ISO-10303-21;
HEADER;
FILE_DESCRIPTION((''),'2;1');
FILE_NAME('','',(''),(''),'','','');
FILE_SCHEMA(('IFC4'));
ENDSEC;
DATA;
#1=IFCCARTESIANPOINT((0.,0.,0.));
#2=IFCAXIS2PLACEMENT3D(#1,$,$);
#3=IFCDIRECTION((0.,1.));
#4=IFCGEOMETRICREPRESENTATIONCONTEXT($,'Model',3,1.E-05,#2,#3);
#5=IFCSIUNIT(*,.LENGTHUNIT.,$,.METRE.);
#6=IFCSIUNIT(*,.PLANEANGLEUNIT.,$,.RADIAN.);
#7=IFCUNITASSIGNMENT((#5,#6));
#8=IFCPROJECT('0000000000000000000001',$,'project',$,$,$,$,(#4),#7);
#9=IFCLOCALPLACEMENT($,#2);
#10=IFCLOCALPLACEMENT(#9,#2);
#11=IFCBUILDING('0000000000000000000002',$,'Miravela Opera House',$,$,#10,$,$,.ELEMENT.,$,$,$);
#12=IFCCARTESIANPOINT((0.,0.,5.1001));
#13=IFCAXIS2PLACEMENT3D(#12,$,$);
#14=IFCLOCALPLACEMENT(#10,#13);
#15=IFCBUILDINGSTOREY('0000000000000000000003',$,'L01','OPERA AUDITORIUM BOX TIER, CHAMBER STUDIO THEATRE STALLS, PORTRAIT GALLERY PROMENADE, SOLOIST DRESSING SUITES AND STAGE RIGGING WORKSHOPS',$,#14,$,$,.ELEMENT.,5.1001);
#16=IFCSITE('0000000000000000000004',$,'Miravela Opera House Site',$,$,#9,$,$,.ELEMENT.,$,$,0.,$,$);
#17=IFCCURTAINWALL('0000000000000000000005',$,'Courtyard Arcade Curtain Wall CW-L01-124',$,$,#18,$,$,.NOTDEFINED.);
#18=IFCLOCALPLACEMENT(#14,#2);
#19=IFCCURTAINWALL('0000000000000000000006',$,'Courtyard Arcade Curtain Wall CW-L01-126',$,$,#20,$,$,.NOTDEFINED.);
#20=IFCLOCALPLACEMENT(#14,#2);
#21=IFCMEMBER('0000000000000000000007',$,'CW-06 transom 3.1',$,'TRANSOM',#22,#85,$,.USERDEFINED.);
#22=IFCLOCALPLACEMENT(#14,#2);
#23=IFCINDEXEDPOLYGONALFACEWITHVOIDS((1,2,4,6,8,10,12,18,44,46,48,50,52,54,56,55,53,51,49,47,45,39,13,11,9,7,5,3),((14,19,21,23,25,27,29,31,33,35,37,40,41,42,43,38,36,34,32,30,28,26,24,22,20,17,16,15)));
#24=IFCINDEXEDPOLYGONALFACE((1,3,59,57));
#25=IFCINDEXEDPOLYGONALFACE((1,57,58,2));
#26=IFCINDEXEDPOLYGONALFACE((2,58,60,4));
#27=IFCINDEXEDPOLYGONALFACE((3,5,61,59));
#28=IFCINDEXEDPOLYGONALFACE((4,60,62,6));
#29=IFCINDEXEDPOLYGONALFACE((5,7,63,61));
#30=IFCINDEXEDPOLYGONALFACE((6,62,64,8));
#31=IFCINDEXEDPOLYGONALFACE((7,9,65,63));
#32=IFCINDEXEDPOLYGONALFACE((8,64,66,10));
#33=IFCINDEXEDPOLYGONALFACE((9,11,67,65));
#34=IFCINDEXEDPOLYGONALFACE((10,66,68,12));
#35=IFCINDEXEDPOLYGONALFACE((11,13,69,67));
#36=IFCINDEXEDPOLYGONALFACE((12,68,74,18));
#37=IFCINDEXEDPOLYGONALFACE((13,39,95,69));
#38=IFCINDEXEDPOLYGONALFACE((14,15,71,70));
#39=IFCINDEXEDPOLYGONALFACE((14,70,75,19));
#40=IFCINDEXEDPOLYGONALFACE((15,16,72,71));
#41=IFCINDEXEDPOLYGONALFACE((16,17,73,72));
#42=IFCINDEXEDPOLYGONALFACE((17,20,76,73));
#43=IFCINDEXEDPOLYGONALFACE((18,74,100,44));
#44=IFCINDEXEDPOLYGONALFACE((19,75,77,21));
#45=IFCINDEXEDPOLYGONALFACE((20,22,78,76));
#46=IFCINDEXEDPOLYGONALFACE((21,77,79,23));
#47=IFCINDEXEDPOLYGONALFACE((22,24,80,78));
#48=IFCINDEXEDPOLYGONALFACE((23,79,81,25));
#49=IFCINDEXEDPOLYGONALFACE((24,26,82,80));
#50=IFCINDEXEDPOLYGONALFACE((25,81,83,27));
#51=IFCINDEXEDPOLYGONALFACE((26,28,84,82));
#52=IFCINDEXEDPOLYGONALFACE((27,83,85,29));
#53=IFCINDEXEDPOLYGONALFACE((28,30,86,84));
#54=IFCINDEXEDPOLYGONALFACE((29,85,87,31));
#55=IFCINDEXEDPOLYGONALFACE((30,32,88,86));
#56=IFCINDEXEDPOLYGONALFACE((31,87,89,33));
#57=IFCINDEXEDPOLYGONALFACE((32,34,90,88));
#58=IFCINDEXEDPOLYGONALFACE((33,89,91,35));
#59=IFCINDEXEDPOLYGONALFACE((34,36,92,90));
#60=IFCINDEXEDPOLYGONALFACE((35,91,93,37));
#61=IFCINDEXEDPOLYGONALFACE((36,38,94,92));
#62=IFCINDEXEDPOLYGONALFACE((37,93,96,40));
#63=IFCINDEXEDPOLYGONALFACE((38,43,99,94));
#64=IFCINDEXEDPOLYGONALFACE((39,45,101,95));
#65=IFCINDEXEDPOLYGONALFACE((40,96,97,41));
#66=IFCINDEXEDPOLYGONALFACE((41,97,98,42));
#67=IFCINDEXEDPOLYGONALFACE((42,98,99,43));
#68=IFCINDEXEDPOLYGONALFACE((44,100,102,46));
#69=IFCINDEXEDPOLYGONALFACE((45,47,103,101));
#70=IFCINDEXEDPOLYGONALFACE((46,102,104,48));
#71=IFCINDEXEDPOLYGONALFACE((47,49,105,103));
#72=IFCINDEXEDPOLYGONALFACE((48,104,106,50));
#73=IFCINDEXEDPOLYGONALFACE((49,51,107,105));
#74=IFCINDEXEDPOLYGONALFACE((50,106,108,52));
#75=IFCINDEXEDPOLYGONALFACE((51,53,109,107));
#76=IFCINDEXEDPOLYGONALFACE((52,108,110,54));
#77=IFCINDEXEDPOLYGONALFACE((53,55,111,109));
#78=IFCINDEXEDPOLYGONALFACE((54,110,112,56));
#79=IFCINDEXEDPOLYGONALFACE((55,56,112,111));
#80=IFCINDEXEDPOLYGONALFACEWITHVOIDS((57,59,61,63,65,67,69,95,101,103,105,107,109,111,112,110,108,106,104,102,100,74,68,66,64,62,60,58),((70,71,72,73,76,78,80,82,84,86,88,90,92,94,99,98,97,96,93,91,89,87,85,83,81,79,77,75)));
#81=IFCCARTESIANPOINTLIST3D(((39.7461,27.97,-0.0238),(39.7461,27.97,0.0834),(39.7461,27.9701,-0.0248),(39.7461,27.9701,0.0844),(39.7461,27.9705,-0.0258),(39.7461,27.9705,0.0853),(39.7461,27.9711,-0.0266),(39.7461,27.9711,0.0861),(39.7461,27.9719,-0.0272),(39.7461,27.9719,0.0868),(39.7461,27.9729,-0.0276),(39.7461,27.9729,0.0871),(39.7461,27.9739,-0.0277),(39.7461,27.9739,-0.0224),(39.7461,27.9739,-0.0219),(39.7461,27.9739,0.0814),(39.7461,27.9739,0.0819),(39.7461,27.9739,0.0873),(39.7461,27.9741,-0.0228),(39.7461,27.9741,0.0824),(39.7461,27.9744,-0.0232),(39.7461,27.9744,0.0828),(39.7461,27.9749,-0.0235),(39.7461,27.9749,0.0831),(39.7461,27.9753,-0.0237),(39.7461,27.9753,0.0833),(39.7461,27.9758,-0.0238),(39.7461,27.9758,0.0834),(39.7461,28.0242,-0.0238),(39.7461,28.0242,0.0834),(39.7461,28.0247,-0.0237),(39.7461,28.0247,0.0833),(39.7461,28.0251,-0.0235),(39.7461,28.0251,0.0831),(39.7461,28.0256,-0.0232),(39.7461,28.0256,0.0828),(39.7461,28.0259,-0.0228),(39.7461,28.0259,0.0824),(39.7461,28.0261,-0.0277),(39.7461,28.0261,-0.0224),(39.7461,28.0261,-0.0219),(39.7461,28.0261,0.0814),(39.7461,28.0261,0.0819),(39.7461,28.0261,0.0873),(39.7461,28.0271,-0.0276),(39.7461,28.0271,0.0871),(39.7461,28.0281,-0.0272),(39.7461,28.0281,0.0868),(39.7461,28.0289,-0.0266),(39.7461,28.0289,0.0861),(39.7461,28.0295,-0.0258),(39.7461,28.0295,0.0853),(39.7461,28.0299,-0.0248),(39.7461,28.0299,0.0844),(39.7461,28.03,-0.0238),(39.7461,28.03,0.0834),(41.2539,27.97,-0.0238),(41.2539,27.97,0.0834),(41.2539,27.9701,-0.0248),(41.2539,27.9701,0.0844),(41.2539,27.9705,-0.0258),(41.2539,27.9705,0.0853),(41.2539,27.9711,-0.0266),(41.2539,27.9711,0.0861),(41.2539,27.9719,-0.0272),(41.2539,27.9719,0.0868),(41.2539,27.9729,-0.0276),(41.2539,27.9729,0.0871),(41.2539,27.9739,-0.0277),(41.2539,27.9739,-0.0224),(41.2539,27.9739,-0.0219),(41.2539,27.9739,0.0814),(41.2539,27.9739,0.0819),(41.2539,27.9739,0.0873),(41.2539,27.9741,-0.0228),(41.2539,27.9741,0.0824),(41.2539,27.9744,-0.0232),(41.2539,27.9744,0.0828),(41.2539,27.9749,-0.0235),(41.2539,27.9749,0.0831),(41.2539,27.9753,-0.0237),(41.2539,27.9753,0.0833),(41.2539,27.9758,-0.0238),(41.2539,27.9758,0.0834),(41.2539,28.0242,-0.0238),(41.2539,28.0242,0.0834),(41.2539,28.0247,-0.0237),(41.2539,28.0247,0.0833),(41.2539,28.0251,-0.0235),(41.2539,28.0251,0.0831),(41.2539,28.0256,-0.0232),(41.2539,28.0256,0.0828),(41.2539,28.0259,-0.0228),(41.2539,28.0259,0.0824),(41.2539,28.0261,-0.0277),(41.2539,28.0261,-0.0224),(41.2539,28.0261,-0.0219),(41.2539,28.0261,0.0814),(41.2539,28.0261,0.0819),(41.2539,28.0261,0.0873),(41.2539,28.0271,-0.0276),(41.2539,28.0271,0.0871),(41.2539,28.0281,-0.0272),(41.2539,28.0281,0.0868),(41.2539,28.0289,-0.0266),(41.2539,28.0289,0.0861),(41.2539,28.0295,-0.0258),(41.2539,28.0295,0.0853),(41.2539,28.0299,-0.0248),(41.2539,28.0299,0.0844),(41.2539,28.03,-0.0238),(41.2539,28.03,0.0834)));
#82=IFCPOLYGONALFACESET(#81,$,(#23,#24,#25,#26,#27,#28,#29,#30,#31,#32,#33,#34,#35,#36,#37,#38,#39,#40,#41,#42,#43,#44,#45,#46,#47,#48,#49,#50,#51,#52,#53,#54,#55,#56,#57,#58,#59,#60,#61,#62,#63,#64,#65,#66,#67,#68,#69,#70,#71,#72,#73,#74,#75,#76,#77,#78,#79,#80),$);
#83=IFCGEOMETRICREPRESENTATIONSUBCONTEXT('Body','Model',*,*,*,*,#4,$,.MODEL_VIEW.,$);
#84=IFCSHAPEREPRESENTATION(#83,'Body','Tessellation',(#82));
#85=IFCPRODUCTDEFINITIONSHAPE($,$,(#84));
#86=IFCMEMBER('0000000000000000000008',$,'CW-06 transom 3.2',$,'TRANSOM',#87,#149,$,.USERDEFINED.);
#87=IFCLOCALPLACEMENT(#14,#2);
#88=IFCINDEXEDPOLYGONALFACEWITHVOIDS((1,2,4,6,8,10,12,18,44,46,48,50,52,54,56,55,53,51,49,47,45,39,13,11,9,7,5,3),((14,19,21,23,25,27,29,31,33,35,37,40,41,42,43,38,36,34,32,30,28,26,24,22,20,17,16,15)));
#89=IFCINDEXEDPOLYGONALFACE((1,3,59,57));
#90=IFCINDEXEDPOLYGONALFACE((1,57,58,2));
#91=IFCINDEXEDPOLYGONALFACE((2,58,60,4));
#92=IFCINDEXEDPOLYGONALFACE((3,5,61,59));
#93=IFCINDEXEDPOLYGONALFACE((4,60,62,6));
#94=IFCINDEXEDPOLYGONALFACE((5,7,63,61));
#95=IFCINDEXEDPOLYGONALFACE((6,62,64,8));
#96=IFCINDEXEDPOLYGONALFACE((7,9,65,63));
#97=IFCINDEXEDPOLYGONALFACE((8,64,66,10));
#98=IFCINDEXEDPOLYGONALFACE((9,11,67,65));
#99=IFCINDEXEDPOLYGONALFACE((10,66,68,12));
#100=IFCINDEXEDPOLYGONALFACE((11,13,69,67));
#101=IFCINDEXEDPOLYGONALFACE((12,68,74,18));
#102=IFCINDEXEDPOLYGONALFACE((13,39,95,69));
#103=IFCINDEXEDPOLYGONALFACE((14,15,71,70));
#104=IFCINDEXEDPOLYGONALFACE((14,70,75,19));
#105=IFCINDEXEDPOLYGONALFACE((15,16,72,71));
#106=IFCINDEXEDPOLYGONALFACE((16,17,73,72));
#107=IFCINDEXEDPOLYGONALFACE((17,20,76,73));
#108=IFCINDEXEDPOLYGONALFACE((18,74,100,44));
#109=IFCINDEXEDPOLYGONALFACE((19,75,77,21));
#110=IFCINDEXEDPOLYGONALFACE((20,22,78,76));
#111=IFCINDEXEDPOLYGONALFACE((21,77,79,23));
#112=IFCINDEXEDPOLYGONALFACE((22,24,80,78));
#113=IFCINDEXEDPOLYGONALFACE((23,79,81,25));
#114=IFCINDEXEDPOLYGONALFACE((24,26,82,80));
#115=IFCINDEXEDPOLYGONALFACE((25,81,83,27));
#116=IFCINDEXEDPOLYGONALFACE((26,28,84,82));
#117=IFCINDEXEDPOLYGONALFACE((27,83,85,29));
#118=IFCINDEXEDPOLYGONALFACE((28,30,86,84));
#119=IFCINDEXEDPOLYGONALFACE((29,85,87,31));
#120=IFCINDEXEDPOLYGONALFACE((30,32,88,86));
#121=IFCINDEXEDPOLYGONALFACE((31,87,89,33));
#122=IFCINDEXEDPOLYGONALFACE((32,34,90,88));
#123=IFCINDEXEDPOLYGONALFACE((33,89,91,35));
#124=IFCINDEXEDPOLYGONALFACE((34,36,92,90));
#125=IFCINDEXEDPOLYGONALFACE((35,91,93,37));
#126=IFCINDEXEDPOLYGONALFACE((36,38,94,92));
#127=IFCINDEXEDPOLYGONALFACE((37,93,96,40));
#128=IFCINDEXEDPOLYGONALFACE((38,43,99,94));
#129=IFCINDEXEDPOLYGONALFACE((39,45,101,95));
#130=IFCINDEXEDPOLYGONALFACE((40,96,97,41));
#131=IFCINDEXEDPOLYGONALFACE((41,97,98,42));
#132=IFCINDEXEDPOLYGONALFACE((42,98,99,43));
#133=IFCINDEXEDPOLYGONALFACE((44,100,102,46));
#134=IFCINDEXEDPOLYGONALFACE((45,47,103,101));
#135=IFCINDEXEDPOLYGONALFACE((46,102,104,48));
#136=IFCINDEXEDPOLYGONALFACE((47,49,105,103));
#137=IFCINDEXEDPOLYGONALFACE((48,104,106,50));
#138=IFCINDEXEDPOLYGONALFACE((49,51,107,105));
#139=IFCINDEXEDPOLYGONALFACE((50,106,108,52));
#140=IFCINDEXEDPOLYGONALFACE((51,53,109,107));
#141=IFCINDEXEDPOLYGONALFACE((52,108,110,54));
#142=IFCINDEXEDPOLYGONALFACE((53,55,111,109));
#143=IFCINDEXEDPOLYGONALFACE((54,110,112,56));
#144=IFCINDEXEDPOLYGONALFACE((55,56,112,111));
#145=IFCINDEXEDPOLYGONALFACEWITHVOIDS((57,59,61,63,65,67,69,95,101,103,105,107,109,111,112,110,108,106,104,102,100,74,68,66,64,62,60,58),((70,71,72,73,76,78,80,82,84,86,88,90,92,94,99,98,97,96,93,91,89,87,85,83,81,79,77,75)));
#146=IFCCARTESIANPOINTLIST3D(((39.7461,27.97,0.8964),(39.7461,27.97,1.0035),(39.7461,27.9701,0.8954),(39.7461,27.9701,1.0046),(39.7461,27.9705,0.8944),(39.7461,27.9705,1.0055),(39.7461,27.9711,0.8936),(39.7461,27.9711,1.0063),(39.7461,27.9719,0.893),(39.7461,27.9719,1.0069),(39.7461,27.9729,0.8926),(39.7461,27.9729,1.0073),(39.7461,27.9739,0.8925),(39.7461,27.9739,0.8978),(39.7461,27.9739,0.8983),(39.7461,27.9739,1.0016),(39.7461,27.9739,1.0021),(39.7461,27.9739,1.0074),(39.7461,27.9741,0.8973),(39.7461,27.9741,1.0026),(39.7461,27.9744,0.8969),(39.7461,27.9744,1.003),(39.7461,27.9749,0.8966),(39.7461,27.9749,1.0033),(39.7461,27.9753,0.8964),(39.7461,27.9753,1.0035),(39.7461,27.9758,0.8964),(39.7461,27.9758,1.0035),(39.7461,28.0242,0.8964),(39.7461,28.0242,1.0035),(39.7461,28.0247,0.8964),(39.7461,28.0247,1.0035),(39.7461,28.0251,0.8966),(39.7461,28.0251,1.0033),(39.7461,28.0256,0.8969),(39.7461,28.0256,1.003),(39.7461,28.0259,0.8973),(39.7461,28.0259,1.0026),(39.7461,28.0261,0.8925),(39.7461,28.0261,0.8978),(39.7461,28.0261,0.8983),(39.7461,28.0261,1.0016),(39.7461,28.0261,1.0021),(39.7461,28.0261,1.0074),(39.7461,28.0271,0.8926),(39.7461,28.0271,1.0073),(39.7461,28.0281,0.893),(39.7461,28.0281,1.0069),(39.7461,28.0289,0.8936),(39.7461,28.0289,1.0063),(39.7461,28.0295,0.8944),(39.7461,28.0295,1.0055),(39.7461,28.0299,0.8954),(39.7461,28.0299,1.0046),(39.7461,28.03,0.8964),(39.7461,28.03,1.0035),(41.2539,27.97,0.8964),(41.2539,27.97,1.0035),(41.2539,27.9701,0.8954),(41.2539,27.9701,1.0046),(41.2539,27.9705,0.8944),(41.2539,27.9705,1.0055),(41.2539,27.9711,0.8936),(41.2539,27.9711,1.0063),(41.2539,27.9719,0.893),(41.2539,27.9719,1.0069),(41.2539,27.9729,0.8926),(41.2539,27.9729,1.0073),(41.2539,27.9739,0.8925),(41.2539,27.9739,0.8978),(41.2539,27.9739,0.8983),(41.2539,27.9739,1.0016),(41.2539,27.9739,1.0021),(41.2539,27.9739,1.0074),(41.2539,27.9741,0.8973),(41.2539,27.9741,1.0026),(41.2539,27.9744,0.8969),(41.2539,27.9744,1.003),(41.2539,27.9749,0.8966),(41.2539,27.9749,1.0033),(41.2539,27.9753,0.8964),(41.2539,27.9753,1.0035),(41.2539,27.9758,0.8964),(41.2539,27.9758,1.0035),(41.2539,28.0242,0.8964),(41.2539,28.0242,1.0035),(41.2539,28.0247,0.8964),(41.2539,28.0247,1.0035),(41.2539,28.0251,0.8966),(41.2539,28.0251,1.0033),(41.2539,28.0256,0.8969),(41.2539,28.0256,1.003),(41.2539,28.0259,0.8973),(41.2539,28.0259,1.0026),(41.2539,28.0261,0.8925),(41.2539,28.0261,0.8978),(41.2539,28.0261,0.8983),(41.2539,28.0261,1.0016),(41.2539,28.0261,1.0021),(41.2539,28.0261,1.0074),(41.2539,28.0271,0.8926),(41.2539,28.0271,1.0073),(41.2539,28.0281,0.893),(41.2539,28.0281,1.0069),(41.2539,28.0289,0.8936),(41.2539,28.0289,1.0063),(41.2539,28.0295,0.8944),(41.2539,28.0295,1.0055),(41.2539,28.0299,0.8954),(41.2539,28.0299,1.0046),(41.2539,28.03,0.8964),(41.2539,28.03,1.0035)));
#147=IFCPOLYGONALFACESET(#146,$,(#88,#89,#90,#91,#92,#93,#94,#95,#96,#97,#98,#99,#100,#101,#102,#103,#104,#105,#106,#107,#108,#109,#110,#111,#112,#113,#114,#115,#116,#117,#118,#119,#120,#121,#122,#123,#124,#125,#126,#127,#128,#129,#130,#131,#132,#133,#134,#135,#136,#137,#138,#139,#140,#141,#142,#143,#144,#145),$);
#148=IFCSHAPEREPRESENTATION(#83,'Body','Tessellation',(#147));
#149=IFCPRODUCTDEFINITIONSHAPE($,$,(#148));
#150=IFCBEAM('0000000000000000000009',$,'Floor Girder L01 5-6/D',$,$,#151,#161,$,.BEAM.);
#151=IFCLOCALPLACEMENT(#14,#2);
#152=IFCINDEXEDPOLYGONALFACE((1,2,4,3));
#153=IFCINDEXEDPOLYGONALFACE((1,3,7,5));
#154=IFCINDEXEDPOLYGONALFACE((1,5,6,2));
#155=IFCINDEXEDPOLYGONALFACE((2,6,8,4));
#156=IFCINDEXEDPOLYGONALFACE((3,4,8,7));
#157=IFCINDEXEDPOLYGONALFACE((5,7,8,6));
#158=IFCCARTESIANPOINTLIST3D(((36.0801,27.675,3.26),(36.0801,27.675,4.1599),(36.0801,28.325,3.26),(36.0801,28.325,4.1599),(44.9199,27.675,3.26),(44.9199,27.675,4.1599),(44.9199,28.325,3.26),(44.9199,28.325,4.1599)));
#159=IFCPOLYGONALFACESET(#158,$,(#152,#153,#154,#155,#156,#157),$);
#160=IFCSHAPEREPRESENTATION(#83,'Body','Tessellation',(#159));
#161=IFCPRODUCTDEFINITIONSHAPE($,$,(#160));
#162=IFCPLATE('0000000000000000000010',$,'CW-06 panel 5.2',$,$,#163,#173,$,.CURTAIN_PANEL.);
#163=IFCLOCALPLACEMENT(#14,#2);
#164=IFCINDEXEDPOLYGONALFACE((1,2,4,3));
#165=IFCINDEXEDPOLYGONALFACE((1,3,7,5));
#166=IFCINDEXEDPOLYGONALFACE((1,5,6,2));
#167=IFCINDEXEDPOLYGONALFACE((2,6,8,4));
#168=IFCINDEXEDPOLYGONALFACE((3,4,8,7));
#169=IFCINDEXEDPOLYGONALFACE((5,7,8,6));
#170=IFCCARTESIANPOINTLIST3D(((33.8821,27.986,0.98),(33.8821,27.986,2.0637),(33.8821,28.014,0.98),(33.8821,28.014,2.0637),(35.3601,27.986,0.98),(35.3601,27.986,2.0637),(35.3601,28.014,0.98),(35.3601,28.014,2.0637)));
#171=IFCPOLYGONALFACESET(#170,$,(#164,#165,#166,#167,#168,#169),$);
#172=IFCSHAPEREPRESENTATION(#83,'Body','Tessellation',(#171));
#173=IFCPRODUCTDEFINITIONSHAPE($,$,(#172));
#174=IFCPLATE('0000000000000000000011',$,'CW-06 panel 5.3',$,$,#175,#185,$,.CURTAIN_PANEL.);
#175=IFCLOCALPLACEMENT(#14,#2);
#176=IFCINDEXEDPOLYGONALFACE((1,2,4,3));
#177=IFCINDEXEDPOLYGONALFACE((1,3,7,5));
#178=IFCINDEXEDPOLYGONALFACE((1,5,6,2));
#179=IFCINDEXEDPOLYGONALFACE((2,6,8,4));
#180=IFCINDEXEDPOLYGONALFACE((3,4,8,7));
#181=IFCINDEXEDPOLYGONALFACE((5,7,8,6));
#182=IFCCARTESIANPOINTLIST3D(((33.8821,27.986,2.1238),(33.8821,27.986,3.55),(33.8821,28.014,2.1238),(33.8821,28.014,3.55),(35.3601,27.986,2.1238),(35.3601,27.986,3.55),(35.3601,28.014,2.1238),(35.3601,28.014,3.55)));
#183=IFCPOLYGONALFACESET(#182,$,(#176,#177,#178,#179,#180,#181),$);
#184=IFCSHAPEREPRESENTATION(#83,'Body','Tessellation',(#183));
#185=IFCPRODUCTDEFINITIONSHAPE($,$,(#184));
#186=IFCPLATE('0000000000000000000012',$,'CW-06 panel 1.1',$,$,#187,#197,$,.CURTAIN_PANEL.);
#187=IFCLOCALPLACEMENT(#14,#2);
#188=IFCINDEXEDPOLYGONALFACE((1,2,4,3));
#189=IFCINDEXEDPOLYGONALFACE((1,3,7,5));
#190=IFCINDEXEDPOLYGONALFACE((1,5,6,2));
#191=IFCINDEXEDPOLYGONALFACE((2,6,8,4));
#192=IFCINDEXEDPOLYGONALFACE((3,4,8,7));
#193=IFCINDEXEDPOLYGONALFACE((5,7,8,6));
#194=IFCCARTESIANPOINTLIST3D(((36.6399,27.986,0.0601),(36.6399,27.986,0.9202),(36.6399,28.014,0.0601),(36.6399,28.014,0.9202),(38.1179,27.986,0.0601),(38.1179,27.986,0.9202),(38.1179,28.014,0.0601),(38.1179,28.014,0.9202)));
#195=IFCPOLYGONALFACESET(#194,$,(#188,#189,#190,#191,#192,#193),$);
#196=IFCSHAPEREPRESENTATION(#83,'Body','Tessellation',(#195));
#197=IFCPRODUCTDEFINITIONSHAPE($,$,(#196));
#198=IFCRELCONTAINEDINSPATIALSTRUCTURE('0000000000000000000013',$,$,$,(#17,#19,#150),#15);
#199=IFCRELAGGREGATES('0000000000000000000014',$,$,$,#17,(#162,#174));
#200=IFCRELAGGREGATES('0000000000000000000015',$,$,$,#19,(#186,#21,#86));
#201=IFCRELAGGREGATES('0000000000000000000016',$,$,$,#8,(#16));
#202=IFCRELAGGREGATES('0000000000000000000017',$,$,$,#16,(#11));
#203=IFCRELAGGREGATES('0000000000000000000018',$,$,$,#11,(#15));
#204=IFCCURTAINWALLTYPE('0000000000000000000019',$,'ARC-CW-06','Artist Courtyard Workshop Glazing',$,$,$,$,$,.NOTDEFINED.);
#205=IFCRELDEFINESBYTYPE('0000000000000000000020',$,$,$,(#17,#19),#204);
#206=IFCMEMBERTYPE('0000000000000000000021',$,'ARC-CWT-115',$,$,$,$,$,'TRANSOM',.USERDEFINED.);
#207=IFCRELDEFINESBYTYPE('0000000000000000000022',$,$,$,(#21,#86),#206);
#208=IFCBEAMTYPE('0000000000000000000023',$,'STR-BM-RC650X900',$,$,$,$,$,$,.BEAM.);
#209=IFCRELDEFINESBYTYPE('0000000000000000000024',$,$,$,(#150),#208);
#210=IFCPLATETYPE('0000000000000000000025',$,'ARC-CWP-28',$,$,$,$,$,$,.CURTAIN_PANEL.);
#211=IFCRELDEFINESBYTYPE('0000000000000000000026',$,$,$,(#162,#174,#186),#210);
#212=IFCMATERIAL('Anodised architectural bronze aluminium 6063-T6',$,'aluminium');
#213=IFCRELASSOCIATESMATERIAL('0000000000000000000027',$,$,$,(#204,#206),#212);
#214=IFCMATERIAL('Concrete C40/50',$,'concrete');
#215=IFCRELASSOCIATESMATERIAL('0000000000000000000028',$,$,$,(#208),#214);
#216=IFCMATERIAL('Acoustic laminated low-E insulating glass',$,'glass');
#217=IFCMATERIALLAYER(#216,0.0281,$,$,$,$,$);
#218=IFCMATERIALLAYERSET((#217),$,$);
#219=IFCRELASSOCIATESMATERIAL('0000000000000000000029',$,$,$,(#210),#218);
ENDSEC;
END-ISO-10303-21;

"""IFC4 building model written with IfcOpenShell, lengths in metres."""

from ifc_helpers import new_model, si_unit, direction, frame, origin, origin_2d, place, context, subcontext, project, spatial, rectangle, hollow_rectangle, extrude, material, layer, layer_set, material_profile, profile_set, type_object, element, aggregate, save


model = new_model("IFC4")

# Units and contexts
model_context = context("Model", 3, precision=1e-05, world=origin(), true_north=direction((0.0, 1.0)))
body_context = subcontext(model_context, "Body", "Model", "MODEL_VIEW")
ifc_project = project(units=[si_unit("LENGTHUNIT", "METRE"), si_unit("PLANEANGLEUNIT", "RADIAN")], contexts=[model_context])

# Site, building, storey
site_placement = place(None, origin())
site = spatial("IfcSite", under=ifc_project, at=site_placement, Name="Miravela Opera House Site", CompositionType="ELEMENT", RefElevation=0.0)
building_placement = place(site_placement, origin())
building = spatial("IfcBuilding", under=site, at=building_placement, Name="Miravela Opera House", CompositionType="ELEMENT")
storey_placement = place(building_placement, frame((0.0, 0.0, 5.1001)))
storey = spatial("IfcBuildingStorey", under=building, at=storey_placement, Name="L01", Description="OPERA AUDITORIUM BOX TIER, CHAMBER STUDIO THEATRE STALLS, PORTRAIT GALLERY PROMENADE, SOLOIST DRESSING SUITES AND STAGE RIGGING WORKSHOPS", CompositionType="ELEMENT", Elevation=5.1001)

# Curtain wall
ifc_material_1 = material(Name="Anodised architectural bronze aluminium 6063-T6", Category="aluminium")
curtain_wall_type = type_object("IfcCurtainWallType", Name="ARC-CW-06", Description="Artist Courtyard Workshop Glazing", PredefinedType="NOTDEFINED", material=ifc_material_1)
curtain_wall_1_placement = place(storey_placement, origin())
curtain_wall_1 = element("IfcCurtainWall", 1, at=curtain_wall_1_placement, inside=storey, type_object=curtain_wall_type, Name="Courtyard Arcade Curtain Wall CW-L01-124", PredefinedType="NOTDEFINED")

# Curtain wall, members
curtain_wall_2_placement = place(storey_placement, origin())
curtain_wall_2 = element("IfcCurtainWall", 2, at=curtain_wall_2_placement, inside=storey, type_object=curtain_wall_type, Name="Courtyard Arcade Curtain Wall CW-L01-126", PredefinedType="NOTDEFINED")
ifc_material_profile_1 = material_profile(ifc_material_1, hollow_rectangle(XDim=0.0601, YDim=0.115, WallThickness=0.0039, InnerFilletRadius=0.002, OuterFilletRadius=0.0039, at=origin_2d()), Name="CWT-60X115")
ifc_profile_set_1 = profile_set([ifc_material_profile_1])
member_type_1 = type_object("IfcMemberType", Name="ARC-CWT-115", ElementType="TRANSOM", PredefinedType="USERDEFINED", material=ifc_profile_set_1)
member_1_placement = place(storey_placement, frame((39.7461, 28.0, 0.0298), z_axis=(1.0, 0.0, 0.0), x_axis=(0.0, 1.0, 0.0)))
member_1 = element("IfcMember", 3, at=member_1_placement, type_object=member_type_1, Name="CW-06 transom 3.1", ObjectType="TRANSOM", PredefinedType="USERDEFINED", context=body_context, shape_type="SweptSolid", body=[
    extrude(hollow_rectangle(XDim=0.0601, YDim=0.115, WallThickness=0.0039, InnerFilletRadius=0.002, OuterFilletRadius=0.0039, at=origin_2d()), origin(), (0.0, 0.0, 1.0), 1.5078),
])
member_2_placement = place(storey_placement, frame((39.7461, 28.0, 0.95), z_axis=(1.0, 0.0, 0.0), x_axis=(0.0, 1.0, 0.0)))
member_2 = element("IfcMember", 4, at=member_2_placement, type_object=member_type_1, Name="CW-06 transom 3.2", ObjectType="TRANSOM", PredefinedType="USERDEFINED", context=body_context, shape_type="SweptSolid", body=[
    extrude(hollow_rectangle(XDim=0.0601, YDim=0.115, WallThickness=0.0039, InnerFilletRadius=0.002, OuterFilletRadius=0.0039, at=origin_2d()), origin(), (0.0, 0.0, 1.0), 1.5078),
])

# Beam
ifc_material_2 = material(Name="Concrete C40/50", Category="concrete")
ifc_material_profile_2 = material_profile(ifc_material_2, rectangle(XDim=0.6499, YDim=0.8999, at=origin_2d()), Name="RC-BM-650X900")
ifc_profile_set_2 = profile_set([ifc_material_profile_2])
beam_type = type_object("IfcBeamType", Name="STR-BM-RC650X900", PredefinedType="BEAM", material=ifc_profile_set_2)
beam_placement = place(storey_placement, frame((36.0801, 28.0, 3.71), z_axis=(1.0, 0.0, 0.0), x_axis=(0.0, 1.0, 0.0)))
element("IfcBeam", 5, at=beam_placement, inside=storey, type_object=beam_type, Name="Floor Girder L01 5-6/D", PredefinedType="BEAM", context=body_context, shape_type="SweptSolid", body=[
    extrude(rectangle(XDim=0.6499, YDim=0.8999, at=origin_2d()), origin(), (0.0, 0.0, 1.0), 8.8398),
])

# Plates
ifc_material_3 = material(Name="Acoustic laminated low-E insulating glass", Category="glass")
ifc_layer = layer(ifc_material_3, 0.0281)
ifc_layer_set = layer_set([ifc_layer])
plate_type = type_object("IfcPlateType", Name="ARC-CWP-28", PredefinedType="CURTAIN_PANEL", material=ifc_layer_set)
plate_1_placement = place(storey_placement, frame((34.6211, 28.0, 0.98), z_axis=(0.0, 0.0, 1.0), x_axis=(1.0, 0.0, 0.0)))
plate_1 = element("IfcPlate", 6, at=plate_1_placement, type_object=plate_type, Name="CW-06 panel 5.2", PredefinedType="CURTAIN_PANEL", context=body_context, shape_type="SweptSolid", body=[
    extrude(rectangle(XDim=1.478, YDim=0.0281, at=origin_2d()), origin(), (0.0, 0.0, 1.0), 1.0837),
])
plate_2_placement = place(storey_placement, frame((34.6211, 28.0, 2.1238), z_axis=(0.0, 0.0, 1.0), x_axis=(1.0, 0.0, 0.0)))
plate_2 = element("IfcPlate", 7, at=plate_2_placement, type_object=plate_type, Name="CW-06 panel 5.3", PredefinedType="CURTAIN_PANEL", context=body_context, shape_type="SweptSolid", body=[
    extrude(rectangle(XDim=1.478, YDim=0.0281, at=origin_2d()), origin(), (0.0, 0.0, 1.0), 1.4263),
])
aggregate(curtain_wall_1, [plate_1, plate_2])
plate_3_placement = place(storey_placement, frame((37.3789, 28.0, 0.0601), z_axis=(0.0, 0.0, 1.0), x_axis=(1.0, 0.0, 0.0)))
plate_3 = element("IfcPlate", 8, at=plate_3_placement, type_object=plate_type, Name="CW-06 panel 1.1", PredefinedType="CURTAIN_PANEL", context=body_context, shape_type="SweptSolid", body=[
    extrude(rectangle(XDim=1.478, YDim=0.0281, at=origin_2d()), origin(), (0.0, 0.0, 1.0), 0.8601),
])
aggregate(curtain_wall_2, [plate_3, member_1, member_2])

save(model, "model.ifc")
